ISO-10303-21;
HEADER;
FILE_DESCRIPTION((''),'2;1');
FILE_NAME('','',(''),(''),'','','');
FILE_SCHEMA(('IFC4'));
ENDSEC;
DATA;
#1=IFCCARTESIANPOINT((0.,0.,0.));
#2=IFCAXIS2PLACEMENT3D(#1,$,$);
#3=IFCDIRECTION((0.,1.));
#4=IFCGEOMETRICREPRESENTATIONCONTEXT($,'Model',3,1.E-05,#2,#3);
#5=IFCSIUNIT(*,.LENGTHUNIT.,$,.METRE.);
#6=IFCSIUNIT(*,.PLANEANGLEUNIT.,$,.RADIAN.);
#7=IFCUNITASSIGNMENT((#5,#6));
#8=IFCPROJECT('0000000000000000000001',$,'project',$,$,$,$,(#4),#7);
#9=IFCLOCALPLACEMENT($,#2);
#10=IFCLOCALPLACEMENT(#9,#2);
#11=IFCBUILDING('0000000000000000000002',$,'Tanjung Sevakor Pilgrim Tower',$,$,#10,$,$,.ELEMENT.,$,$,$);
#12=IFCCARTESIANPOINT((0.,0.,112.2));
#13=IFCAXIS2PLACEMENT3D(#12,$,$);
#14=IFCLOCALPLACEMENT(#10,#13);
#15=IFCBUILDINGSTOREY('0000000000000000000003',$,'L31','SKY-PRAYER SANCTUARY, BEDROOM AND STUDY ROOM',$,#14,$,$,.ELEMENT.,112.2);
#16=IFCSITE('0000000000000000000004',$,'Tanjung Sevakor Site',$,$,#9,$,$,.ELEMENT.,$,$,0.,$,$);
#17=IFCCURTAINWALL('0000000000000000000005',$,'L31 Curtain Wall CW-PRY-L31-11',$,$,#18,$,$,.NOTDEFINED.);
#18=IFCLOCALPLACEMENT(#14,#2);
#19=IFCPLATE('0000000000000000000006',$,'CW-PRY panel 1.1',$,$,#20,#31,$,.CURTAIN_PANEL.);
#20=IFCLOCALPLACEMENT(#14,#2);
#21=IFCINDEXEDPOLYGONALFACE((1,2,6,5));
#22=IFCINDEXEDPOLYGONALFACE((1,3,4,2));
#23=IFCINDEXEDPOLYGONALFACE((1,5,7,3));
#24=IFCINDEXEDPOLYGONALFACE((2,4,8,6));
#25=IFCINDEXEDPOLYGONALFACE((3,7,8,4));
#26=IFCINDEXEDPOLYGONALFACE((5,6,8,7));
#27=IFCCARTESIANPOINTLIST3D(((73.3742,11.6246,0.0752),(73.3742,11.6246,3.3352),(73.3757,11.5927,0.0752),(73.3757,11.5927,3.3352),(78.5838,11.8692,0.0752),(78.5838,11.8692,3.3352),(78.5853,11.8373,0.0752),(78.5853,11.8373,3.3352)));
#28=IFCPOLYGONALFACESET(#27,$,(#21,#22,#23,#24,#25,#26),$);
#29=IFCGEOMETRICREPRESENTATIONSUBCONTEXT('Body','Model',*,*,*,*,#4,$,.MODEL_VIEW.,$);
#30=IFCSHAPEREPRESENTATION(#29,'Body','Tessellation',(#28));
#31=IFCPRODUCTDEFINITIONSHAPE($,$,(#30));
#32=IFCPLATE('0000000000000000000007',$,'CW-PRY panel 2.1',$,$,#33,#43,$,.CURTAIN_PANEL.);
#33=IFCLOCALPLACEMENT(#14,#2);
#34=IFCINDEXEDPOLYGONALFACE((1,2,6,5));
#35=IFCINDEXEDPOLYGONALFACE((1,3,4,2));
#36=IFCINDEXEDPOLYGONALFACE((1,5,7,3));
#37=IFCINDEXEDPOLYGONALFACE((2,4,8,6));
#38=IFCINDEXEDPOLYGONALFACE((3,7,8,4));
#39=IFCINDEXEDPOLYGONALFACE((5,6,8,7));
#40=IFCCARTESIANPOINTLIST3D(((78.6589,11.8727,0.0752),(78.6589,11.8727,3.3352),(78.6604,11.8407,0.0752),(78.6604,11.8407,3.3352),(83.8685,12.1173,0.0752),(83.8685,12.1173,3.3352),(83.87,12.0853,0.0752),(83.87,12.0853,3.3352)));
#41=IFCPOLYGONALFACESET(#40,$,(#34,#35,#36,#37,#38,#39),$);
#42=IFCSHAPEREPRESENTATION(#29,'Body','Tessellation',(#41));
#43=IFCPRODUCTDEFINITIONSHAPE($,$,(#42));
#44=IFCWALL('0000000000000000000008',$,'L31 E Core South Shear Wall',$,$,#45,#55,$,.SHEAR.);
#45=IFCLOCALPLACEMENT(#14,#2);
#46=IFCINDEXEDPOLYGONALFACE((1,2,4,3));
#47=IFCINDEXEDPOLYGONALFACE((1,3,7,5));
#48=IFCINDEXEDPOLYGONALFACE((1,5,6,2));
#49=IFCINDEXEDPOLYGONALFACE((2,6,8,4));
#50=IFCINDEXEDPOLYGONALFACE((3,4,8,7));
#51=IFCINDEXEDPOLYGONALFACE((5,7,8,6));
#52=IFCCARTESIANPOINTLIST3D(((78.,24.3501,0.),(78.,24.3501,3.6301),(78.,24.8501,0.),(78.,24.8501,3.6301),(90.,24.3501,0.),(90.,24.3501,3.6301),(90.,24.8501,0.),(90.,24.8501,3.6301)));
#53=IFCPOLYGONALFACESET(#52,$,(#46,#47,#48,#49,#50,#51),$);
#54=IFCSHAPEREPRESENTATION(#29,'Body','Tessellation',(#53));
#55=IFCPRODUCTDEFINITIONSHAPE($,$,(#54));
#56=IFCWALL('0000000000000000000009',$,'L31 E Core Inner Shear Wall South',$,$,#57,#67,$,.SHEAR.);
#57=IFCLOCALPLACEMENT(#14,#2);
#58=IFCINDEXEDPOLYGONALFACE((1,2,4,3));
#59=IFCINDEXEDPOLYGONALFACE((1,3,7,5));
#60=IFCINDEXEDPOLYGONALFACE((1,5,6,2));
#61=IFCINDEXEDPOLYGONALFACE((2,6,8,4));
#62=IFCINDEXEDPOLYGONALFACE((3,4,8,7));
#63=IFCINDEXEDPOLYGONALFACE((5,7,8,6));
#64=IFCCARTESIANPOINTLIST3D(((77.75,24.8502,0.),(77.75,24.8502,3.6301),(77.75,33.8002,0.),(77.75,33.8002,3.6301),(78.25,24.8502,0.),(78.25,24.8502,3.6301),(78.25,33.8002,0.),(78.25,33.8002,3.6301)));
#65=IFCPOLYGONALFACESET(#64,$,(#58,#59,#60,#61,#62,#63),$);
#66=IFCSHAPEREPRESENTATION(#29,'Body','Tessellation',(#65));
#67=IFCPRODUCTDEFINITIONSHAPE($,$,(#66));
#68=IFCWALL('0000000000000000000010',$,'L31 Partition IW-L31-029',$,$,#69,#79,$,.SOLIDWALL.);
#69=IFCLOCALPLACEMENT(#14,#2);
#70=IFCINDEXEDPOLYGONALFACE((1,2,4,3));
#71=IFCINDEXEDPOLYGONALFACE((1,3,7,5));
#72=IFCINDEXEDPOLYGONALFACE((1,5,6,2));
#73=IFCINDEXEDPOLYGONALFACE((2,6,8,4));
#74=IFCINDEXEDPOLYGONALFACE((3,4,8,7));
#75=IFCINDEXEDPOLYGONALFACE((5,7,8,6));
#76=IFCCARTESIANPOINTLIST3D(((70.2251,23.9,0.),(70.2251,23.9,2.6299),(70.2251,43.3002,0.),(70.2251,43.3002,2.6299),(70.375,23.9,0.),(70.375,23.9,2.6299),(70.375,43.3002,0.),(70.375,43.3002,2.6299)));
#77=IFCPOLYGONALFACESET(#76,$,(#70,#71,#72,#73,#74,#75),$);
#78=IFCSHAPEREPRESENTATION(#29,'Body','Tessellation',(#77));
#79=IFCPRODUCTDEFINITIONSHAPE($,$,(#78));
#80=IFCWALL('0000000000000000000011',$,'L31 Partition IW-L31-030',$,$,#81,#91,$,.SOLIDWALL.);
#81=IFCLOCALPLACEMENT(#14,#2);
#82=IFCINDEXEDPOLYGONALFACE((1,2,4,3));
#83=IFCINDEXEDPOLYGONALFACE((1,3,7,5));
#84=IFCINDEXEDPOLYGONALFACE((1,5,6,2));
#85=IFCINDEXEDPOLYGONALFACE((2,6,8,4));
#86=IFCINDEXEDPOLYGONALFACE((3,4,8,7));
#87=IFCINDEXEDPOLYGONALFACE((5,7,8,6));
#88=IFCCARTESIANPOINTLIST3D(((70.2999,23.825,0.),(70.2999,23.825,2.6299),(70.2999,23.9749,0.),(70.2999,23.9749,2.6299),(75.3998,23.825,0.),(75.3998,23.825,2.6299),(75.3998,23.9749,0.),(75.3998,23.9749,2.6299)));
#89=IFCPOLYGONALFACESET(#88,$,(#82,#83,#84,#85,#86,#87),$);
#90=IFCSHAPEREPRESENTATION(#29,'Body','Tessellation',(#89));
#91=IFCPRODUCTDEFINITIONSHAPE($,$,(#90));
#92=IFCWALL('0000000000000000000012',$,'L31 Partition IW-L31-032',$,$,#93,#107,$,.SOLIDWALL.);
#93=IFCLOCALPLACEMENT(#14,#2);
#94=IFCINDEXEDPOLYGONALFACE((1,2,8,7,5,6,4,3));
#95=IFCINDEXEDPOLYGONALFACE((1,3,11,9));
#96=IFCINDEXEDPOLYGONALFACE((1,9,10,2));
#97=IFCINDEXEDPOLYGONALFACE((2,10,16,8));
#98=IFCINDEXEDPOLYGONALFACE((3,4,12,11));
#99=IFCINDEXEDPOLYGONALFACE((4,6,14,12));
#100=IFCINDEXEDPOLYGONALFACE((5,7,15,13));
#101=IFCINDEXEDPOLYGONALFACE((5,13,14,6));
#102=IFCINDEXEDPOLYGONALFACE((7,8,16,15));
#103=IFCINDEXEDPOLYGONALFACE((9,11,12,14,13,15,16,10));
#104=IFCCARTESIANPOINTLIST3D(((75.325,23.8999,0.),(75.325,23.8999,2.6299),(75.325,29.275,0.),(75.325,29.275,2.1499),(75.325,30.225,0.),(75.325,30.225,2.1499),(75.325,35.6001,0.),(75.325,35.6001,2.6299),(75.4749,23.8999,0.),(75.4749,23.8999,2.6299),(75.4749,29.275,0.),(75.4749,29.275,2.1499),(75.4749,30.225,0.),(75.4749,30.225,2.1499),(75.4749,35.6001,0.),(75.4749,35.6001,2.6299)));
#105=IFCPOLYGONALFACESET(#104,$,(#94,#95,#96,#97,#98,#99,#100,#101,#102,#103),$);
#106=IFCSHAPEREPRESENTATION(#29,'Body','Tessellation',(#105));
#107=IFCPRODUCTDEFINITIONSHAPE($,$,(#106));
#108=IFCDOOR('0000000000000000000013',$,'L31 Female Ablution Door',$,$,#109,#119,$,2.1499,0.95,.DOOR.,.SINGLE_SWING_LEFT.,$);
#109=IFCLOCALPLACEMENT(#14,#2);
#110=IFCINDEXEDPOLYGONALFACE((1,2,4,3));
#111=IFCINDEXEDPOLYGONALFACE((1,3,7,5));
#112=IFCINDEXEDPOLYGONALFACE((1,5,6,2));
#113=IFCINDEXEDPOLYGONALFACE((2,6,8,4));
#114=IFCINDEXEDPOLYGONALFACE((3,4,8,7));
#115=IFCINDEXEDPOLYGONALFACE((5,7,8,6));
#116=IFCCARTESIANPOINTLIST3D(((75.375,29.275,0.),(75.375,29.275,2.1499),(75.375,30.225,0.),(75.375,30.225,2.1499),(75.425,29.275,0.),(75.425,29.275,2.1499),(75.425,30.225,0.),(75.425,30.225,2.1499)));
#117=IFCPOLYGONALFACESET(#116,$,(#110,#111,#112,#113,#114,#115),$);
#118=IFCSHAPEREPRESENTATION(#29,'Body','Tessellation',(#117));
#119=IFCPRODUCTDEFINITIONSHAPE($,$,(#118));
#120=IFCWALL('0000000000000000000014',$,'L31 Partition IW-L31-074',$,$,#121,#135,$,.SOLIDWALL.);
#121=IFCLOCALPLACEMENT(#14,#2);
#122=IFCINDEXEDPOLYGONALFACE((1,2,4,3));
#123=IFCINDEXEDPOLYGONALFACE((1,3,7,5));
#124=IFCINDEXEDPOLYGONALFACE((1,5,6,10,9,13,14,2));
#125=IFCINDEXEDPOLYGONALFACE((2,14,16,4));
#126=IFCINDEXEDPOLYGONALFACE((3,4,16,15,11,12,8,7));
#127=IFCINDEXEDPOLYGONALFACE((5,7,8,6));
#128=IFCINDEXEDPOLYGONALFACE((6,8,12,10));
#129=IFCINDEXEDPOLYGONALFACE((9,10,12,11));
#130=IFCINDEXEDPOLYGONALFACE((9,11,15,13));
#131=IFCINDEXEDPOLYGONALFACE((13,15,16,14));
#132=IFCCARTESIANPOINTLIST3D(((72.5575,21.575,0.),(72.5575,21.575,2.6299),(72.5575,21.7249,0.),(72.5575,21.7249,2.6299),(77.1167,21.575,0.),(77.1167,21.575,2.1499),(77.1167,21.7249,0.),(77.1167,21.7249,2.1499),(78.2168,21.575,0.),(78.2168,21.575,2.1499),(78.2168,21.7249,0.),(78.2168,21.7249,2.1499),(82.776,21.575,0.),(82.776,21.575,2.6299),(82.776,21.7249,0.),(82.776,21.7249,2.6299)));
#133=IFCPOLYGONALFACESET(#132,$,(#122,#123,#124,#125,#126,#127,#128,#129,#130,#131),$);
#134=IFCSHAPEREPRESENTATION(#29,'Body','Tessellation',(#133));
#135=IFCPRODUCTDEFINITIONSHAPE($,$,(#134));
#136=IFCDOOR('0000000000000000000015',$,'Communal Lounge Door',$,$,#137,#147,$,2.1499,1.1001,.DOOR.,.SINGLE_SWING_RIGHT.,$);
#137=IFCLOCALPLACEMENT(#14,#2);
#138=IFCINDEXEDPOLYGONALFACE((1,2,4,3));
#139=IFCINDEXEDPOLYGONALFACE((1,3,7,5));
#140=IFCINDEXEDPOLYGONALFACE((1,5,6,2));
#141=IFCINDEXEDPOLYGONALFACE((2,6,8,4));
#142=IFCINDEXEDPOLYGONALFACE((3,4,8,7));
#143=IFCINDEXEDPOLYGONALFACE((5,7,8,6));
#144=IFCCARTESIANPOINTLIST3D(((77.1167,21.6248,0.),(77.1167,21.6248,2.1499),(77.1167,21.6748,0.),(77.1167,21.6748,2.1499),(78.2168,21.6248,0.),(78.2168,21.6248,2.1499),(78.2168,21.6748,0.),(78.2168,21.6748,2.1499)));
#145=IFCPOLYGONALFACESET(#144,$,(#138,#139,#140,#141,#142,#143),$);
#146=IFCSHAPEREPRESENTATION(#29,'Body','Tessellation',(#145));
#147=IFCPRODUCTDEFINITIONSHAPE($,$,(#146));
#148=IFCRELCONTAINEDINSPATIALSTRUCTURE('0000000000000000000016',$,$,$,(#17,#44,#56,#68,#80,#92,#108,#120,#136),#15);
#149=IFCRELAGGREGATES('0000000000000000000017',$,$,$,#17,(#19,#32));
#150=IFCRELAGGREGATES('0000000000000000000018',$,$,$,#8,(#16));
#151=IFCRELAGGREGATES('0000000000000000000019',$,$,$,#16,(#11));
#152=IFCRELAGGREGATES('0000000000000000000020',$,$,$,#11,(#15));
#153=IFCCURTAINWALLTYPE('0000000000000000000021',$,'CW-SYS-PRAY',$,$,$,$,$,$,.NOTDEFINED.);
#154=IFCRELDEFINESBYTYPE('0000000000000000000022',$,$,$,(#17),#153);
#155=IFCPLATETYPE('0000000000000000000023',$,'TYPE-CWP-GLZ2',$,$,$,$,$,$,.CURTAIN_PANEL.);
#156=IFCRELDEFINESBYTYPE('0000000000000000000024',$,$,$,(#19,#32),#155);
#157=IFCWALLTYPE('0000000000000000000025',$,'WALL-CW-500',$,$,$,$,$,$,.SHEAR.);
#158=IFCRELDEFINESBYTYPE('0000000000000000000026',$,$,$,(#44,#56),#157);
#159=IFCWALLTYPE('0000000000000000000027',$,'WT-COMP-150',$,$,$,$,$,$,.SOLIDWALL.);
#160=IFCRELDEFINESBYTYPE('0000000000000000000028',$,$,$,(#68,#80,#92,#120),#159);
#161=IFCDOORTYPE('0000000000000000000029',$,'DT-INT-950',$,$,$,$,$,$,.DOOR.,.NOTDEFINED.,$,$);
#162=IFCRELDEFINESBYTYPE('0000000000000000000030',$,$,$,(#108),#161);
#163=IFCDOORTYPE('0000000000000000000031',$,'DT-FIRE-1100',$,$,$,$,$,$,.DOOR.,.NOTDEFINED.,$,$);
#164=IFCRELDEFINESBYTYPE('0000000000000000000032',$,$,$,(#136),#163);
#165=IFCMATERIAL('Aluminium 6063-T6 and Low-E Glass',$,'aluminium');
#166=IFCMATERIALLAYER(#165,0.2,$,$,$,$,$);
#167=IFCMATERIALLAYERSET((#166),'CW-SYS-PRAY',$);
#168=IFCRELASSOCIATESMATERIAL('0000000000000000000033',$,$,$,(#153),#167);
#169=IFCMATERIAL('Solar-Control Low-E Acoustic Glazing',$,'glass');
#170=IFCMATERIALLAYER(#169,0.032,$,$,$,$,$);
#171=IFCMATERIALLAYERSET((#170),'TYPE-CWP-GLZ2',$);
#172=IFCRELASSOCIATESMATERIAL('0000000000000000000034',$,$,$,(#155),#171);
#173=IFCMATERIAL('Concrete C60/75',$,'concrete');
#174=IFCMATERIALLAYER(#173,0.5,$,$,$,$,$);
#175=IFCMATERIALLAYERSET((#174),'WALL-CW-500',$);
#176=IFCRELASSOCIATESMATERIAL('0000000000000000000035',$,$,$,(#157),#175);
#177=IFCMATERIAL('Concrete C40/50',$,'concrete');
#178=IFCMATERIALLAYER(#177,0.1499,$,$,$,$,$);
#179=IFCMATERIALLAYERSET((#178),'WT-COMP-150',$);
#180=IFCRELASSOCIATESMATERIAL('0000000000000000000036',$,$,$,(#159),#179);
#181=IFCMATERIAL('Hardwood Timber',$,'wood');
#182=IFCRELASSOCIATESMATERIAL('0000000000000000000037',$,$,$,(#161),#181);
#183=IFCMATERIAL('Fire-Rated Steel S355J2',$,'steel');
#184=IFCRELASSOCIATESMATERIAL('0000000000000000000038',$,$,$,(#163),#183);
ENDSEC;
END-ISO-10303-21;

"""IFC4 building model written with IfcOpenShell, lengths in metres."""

from ifc_helpers import new_model, si_unit, direction, frame, frame_2d, origin, origin_2d, place, context, subcontext, project, spatial, rectangle, extrude, material, layer, layer_set, type_object, element, fill, aggregate, save


model = new_model("IFC4")

# Units and contexts
model_context = context("Model", 3, precision=1e-05, world=origin(), true_north=direction((0.0, 1.0)))
body_context = subcontext(model_context, "Body", "Model", "MODEL_VIEW")
ifc_project = project(units=[si_unit("LENGTHUNIT", "METRE"), si_unit("PLANEANGLEUNIT", "RADIAN")], contexts=[model_context])

# Site, building, storey
site_placement = place(None, origin())
site = spatial("IfcSite", under=ifc_project, at=site_placement, Name="Tanjung Sevakor Site", CompositionType="ELEMENT", RefElevation=0.0)
building_placement = place(site_placement, origin())
building = spatial("IfcBuilding", under=site, at=building_placement, Name="Tanjung Sevakor Pilgrim Tower", CompositionType="ELEMENT")
storey_placement = place(building_placement, frame((0.0, 0.0, 112.2)))
storey = spatial("IfcBuildingStorey", under=building, at=storey_placement, Name="L31", Description="SKY-PRAYER SANCTUARY, BEDROOM AND STUDY ROOM", CompositionType="ELEMENT", Elevation=112.2)

# Curtain wall
ifc_material_1 = material(Name="Aluminium 6063-T6 and Low-E Glass", Category="aluminium")
ifc_layer_1 = layer(ifc_material_1, 0.2)
ifc_layer_set_1 = layer_set([ifc_layer_1], Name="CW-SYS-PRAY")
curtain_wall_type = type_object("IfcCurtainWallType", Name="CW-SYS-PRAY", PredefinedType="NOTDEFINED", material=ifc_layer_set_1)
curtain_wall_1_placement = place(storey_placement, origin())
curtain_wall_1 = element("IfcCurtainWall", 1, at=curtain_wall_1_placement, inside=storey, type_object=curtain_wall_type, Name="L31 Curtain Wall CW-PRY-L31-11", PredefinedType="NOTDEFINED")

# Shared definitions
ifc_material_2 = material(Name="Solar-Control Low-E Acoustic Glazing", Category="glass")
ifc_layer_2 = layer(ifc_material_2, 0.032)
ifc_layer_set_2 = layer_set([ifc_layer_2], Name="TYPE-CWP-GLZ2")
plate_type = type_object("IfcPlateType", Name="TYPE-CWP-GLZ2", PredefinedType="CURTAIN_PANEL", material=ifc_layer_set_2)

# Plates
plate_1_placement = place(storey_placement, frame((75.9797, 11.731, 0.0752), z_axis=(0.0, 0.0, 1.0), x_axis=(0.998899, 0.046904, 0.0)))
plate_1 = element("IfcPlate", 2, at=plate_1_placement, type_object=plate_type, Name="CW-PRY panel 1.1", PredefinedType="CURTAIN_PANEL", context=body_context, shape_type="SweptSolid", body=[
    extrude(rectangle(XDim=5.2153, YDim=0.032, at=origin_2d()), origin(), (0.0, 0.0, 1.0), 3.26),
])
plate_2_placement = place(storey_placement, frame((81.2644, 11.979, 0.0752), z_axis=(0.0, 0.0, 1.0), x_axis=(0.998899, 0.046904, 0.0)))
plate_2 = element("IfcPlate", 3, at=plate_2_placement, type_object=plate_type, Name="CW-PRY panel 2.1", PredefinedType="CURTAIN_PANEL", context=body_context, shape_type="SweptSolid", body=[
    extrude(rectangle(XDim=5.2153, YDim=0.032, at=origin_2d()), origin(), (0.0, 0.0, 1.0), 3.26),
])
aggregate(curtain_wall_1, [plate_1, plate_2])

# Walls
ifc_material_3 = material(Name="Concrete C60/75", Category="concrete")
ifc_layer_3 = layer(ifc_material_3, 0.5)
ifc_layer_set_3 = layer_set([ifc_layer_3], Name="WALL-CW-500")
wall_type_1 = type_object("IfcWallType", Name="WALL-CW-500", PredefinedType="SHEAR", material=ifc_layer_set_3)
wall_1_placement = place(storey_placement, frame((78.0, 24.6001, 0.0), z_axis=(0.0, 0.0, 1.0), x_axis=(1.0, 0.0, 0.0)))
element("IfcWall", 4, at=wall_1_placement, inside=storey, type_object=wall_type_1, Name="L31 E Core South Shear Wall", PredefinedType="SHEAR", context=body_context, shape_type="SweptSolid", body=[
    extrude(rectangle(XDim=12.0, YDim=0.5, at=frame_2d((6.0, 0.0))), origin(), (0.0, 0.0, 1.0), 3.6301),
])
wall_2_placement = place(storey_placement, frame((78.0, 24.8501, 0.0), z_axis=(0.0, 0.0, 1.0), x_axis=(0.0, 1.0, 0.0)))
element("IfcWall", 5, at=wall_2_placement, inside=storey, type_object=wall_type_1, Name="L31 E Core Inner Shear Wall South", PredefinedType="SHEAR", context=body_context, shape_type="SweptSolid", body=[
    extrude(rectangle(XDim=8.95, YDim=0.5, at=frame_2d((4.4751, 0.0))), origin(), (0.0, 0.0, 1.0), 3.6301),
])

# Shared definitions
ifc_material_4 = material(Name="Concrete C40/50", Category="concrete")
ifc_layer_4 = layer(ifc_material_4, 0.1499)
ifc_layer_set_4 = layer_set([ifc_layer_4], Name="WT-COMP-150")
wall_type_2 = type_object("IfcWallType", Name="WT-COMP-150", PredefinedType="SOLIDWALL", material=ifc_layer_set_4)

# Walls
wall_3_placement = place(storey_placement, frame((70.3, 23.8999, 0.0), z_axis=(0.0, 0.0, 1.0), x_axis=(0.0, 1.0, 0.0)))
element("IfcWall", 6, at=wall_3_placement, inside=storey, type_object=wall_type_2, Name="L31 Partition IW-L31-029", PredefinedType="SOLIDWALL", context=body_context, shape_type="SweptSolid", body=[
    extrude(rectangle(XDim=19.4001, YDim=0.1499, at=frame_2d((9.7002, 0.0))), origin(), (0.0, 0.0, 1.0), 2.6299),
])
wall_4_placement = place(storey_placement, frame((70.3, 23.8999, 0.0), z_axis=(0.0, 0.0, 1.0), x_axis=(1.0, 0.0, 0.0)))
element("IfcWall", 7, at=wall_4_placement, inside=storey, type_object=wall_type_2, Name="L31 Partition IW-L31-030", PredefinedType="SOLIDWALL", context=body_context, shape_type="SweptSolid", body=[
    extrude(rectangle(XDim=5.0999, YDim=0.1499, at=frame_2d((2.5498, 0.0))), origin(), (0.0, 0.0, 1.0), 2.6299),
])

# Walls, openings, doors
wall_5_placement = place(storey_placement, frame((75.3999, 23.8999, 0.0), z_axis=(0.0, 0.0, 1.0), x_axis=(0.0, 1.0, 0.0)))
wall_5 = element("IfcWall", 8, at=wall_5_placement, inside=storey, type_object=wall_type_2, Name="L31 Partition IW-L31-032", PredefinedType="SOLIDWALL", context=body_context, shape_type="SweptSolid", body=[
    extrude(rectangle(XDim=11.7002, YDim=0.1499, at=frame_2d((5.8501, 0.0))), origin(), (0.0, 0.0, 1.0), 2.6299),
])
opening_1_placement = place(wall_5_placement, frame((5.375, 0.0, 0.0)))
opening_1 = element("IfcOpeningElement", 9, at=opening_1_placement, cuts=wall_5, PredefinedType="OPENING", context=body_context, shape_type="SweptSolid", body=[
    extrude(rectangle(XDim=0.95, YDim=2.1499, at=frame_2d((0.4751, 1.075))), frame((0.0, 0.085, 0.0), z_axis=(0.0, -1.0, 0.0), x_axis=(1.0, 0.0, 0.0)), (0.0, 0.0, 1.0), 0.1699),
])
ifc_material_5 = material(Name="Hardwood Timber", Category="wood")
door_type_1 = type_object("IfcDoorType", Name="DT-INT-950", OperationType="NOTDEFINED", PredefinedType="DOOR", material=ifc_material_5)
door_1_placement = place(opening_1_placement, origin())
door_1 = element("IfcDoor", 10, at=door_1_placement, inside=storey, type_object=door_type_1, Name="L31 Female Ablution Door", OperationType="SINGLE_SWING_LEFT", OverallHeight=2.1499, OverallWidth=0.95, PredefinedType="DOOR", context=body_context, shape_type="SweptSolid", body=[
    extrude(rectangle(XDim=0.95, YDim=2.1499, at=frame_2d((0.4751, 1.075))), frame((0.0, 0.0249, 0.0), z_axis=(0.0, -1.0, 0.0), x_axis=(1.0, 0.0, 0.0)), (0.0, 0.0, 1.0), 0.05),
])
fill(opening_1, door_1)
wall_6_placement = place(storey_placement, frame((72.5574, 21.6499, 0.0), z_axis=(0.0, 0.0, 1.0), x_axis=(1.0, 0.0, 0.0)))
wall_6 = element("IfcWall", 11, at=wall_6_placement, inside=storey, type_object=wall_type_2, Name="L31 Partition IW-L31-074", PredefinedType="SOLIDWALL", context=body_context, shape_type="SweptSolid", body=[
    extrude(rectangle(XDim=10.2185, YDim=0.1499, at=frame_2d((5.1094, 0.0))), origin(), (0.0, 0.0, 1.0), 2.6299),
])
opening_2_placement = place(wall_6_placement, frame((4.5593, 0.0, 0.0)))
opening_2 = element("IfcOpeningElement", 12, at=opening_2_placement, cuts=wall_6, PredefinedType="OPENING", context=body_context, shape_type="SweptSolid", body=[
    extrude(rectangle(XDim=1.1001, YDim=2.1499, at=frame_2d((0.55, 1.075))), frame((0.0, 0.085, 0.0), z_axis=(0.0, -1.0, 0.0), x_axis=(1.0, 0.0, 0.0)), (0.0, 0.0, 1.0), 0.1699),
])
ifc_material_6 = material(Name="Fire-Rated Steel S355J2", Category="steel")
door_type_2 = type_object("IfcDoorType", Name="DT-FIRE-1100", OperationType="NOTDEFINED", PredefinedType="DOOR", material=ifc_material_6)
door_2_placement = place(opening_2_placement, origin())
door_2 = element("IfcDoor", 13, at=door_2_placement, inside=storey, type_object=door_type_2, Name="Communal Lounge Door", OperationType="SINGLE_SWING_RIGHT", OverallHeight=2.1499, OverallWidth=1.1001, PredefinedType="DOOR", context=body_context, shape_type="SweptSolid", body=[
    extrude(rectangle(XDim=1.1001, YDim=2.1499, at=frame_2d((0.55, 1.075))), frame((0.0, 0.0249, 0.0), z_axis=(0.0, -1.0, 0.0), x_axis=(1.0, 0.0, 0.0)), (0.0, 0.0, 1.0), 0.05),
])
fill(opening_2, door_2)

save(model, "model.ifc")
